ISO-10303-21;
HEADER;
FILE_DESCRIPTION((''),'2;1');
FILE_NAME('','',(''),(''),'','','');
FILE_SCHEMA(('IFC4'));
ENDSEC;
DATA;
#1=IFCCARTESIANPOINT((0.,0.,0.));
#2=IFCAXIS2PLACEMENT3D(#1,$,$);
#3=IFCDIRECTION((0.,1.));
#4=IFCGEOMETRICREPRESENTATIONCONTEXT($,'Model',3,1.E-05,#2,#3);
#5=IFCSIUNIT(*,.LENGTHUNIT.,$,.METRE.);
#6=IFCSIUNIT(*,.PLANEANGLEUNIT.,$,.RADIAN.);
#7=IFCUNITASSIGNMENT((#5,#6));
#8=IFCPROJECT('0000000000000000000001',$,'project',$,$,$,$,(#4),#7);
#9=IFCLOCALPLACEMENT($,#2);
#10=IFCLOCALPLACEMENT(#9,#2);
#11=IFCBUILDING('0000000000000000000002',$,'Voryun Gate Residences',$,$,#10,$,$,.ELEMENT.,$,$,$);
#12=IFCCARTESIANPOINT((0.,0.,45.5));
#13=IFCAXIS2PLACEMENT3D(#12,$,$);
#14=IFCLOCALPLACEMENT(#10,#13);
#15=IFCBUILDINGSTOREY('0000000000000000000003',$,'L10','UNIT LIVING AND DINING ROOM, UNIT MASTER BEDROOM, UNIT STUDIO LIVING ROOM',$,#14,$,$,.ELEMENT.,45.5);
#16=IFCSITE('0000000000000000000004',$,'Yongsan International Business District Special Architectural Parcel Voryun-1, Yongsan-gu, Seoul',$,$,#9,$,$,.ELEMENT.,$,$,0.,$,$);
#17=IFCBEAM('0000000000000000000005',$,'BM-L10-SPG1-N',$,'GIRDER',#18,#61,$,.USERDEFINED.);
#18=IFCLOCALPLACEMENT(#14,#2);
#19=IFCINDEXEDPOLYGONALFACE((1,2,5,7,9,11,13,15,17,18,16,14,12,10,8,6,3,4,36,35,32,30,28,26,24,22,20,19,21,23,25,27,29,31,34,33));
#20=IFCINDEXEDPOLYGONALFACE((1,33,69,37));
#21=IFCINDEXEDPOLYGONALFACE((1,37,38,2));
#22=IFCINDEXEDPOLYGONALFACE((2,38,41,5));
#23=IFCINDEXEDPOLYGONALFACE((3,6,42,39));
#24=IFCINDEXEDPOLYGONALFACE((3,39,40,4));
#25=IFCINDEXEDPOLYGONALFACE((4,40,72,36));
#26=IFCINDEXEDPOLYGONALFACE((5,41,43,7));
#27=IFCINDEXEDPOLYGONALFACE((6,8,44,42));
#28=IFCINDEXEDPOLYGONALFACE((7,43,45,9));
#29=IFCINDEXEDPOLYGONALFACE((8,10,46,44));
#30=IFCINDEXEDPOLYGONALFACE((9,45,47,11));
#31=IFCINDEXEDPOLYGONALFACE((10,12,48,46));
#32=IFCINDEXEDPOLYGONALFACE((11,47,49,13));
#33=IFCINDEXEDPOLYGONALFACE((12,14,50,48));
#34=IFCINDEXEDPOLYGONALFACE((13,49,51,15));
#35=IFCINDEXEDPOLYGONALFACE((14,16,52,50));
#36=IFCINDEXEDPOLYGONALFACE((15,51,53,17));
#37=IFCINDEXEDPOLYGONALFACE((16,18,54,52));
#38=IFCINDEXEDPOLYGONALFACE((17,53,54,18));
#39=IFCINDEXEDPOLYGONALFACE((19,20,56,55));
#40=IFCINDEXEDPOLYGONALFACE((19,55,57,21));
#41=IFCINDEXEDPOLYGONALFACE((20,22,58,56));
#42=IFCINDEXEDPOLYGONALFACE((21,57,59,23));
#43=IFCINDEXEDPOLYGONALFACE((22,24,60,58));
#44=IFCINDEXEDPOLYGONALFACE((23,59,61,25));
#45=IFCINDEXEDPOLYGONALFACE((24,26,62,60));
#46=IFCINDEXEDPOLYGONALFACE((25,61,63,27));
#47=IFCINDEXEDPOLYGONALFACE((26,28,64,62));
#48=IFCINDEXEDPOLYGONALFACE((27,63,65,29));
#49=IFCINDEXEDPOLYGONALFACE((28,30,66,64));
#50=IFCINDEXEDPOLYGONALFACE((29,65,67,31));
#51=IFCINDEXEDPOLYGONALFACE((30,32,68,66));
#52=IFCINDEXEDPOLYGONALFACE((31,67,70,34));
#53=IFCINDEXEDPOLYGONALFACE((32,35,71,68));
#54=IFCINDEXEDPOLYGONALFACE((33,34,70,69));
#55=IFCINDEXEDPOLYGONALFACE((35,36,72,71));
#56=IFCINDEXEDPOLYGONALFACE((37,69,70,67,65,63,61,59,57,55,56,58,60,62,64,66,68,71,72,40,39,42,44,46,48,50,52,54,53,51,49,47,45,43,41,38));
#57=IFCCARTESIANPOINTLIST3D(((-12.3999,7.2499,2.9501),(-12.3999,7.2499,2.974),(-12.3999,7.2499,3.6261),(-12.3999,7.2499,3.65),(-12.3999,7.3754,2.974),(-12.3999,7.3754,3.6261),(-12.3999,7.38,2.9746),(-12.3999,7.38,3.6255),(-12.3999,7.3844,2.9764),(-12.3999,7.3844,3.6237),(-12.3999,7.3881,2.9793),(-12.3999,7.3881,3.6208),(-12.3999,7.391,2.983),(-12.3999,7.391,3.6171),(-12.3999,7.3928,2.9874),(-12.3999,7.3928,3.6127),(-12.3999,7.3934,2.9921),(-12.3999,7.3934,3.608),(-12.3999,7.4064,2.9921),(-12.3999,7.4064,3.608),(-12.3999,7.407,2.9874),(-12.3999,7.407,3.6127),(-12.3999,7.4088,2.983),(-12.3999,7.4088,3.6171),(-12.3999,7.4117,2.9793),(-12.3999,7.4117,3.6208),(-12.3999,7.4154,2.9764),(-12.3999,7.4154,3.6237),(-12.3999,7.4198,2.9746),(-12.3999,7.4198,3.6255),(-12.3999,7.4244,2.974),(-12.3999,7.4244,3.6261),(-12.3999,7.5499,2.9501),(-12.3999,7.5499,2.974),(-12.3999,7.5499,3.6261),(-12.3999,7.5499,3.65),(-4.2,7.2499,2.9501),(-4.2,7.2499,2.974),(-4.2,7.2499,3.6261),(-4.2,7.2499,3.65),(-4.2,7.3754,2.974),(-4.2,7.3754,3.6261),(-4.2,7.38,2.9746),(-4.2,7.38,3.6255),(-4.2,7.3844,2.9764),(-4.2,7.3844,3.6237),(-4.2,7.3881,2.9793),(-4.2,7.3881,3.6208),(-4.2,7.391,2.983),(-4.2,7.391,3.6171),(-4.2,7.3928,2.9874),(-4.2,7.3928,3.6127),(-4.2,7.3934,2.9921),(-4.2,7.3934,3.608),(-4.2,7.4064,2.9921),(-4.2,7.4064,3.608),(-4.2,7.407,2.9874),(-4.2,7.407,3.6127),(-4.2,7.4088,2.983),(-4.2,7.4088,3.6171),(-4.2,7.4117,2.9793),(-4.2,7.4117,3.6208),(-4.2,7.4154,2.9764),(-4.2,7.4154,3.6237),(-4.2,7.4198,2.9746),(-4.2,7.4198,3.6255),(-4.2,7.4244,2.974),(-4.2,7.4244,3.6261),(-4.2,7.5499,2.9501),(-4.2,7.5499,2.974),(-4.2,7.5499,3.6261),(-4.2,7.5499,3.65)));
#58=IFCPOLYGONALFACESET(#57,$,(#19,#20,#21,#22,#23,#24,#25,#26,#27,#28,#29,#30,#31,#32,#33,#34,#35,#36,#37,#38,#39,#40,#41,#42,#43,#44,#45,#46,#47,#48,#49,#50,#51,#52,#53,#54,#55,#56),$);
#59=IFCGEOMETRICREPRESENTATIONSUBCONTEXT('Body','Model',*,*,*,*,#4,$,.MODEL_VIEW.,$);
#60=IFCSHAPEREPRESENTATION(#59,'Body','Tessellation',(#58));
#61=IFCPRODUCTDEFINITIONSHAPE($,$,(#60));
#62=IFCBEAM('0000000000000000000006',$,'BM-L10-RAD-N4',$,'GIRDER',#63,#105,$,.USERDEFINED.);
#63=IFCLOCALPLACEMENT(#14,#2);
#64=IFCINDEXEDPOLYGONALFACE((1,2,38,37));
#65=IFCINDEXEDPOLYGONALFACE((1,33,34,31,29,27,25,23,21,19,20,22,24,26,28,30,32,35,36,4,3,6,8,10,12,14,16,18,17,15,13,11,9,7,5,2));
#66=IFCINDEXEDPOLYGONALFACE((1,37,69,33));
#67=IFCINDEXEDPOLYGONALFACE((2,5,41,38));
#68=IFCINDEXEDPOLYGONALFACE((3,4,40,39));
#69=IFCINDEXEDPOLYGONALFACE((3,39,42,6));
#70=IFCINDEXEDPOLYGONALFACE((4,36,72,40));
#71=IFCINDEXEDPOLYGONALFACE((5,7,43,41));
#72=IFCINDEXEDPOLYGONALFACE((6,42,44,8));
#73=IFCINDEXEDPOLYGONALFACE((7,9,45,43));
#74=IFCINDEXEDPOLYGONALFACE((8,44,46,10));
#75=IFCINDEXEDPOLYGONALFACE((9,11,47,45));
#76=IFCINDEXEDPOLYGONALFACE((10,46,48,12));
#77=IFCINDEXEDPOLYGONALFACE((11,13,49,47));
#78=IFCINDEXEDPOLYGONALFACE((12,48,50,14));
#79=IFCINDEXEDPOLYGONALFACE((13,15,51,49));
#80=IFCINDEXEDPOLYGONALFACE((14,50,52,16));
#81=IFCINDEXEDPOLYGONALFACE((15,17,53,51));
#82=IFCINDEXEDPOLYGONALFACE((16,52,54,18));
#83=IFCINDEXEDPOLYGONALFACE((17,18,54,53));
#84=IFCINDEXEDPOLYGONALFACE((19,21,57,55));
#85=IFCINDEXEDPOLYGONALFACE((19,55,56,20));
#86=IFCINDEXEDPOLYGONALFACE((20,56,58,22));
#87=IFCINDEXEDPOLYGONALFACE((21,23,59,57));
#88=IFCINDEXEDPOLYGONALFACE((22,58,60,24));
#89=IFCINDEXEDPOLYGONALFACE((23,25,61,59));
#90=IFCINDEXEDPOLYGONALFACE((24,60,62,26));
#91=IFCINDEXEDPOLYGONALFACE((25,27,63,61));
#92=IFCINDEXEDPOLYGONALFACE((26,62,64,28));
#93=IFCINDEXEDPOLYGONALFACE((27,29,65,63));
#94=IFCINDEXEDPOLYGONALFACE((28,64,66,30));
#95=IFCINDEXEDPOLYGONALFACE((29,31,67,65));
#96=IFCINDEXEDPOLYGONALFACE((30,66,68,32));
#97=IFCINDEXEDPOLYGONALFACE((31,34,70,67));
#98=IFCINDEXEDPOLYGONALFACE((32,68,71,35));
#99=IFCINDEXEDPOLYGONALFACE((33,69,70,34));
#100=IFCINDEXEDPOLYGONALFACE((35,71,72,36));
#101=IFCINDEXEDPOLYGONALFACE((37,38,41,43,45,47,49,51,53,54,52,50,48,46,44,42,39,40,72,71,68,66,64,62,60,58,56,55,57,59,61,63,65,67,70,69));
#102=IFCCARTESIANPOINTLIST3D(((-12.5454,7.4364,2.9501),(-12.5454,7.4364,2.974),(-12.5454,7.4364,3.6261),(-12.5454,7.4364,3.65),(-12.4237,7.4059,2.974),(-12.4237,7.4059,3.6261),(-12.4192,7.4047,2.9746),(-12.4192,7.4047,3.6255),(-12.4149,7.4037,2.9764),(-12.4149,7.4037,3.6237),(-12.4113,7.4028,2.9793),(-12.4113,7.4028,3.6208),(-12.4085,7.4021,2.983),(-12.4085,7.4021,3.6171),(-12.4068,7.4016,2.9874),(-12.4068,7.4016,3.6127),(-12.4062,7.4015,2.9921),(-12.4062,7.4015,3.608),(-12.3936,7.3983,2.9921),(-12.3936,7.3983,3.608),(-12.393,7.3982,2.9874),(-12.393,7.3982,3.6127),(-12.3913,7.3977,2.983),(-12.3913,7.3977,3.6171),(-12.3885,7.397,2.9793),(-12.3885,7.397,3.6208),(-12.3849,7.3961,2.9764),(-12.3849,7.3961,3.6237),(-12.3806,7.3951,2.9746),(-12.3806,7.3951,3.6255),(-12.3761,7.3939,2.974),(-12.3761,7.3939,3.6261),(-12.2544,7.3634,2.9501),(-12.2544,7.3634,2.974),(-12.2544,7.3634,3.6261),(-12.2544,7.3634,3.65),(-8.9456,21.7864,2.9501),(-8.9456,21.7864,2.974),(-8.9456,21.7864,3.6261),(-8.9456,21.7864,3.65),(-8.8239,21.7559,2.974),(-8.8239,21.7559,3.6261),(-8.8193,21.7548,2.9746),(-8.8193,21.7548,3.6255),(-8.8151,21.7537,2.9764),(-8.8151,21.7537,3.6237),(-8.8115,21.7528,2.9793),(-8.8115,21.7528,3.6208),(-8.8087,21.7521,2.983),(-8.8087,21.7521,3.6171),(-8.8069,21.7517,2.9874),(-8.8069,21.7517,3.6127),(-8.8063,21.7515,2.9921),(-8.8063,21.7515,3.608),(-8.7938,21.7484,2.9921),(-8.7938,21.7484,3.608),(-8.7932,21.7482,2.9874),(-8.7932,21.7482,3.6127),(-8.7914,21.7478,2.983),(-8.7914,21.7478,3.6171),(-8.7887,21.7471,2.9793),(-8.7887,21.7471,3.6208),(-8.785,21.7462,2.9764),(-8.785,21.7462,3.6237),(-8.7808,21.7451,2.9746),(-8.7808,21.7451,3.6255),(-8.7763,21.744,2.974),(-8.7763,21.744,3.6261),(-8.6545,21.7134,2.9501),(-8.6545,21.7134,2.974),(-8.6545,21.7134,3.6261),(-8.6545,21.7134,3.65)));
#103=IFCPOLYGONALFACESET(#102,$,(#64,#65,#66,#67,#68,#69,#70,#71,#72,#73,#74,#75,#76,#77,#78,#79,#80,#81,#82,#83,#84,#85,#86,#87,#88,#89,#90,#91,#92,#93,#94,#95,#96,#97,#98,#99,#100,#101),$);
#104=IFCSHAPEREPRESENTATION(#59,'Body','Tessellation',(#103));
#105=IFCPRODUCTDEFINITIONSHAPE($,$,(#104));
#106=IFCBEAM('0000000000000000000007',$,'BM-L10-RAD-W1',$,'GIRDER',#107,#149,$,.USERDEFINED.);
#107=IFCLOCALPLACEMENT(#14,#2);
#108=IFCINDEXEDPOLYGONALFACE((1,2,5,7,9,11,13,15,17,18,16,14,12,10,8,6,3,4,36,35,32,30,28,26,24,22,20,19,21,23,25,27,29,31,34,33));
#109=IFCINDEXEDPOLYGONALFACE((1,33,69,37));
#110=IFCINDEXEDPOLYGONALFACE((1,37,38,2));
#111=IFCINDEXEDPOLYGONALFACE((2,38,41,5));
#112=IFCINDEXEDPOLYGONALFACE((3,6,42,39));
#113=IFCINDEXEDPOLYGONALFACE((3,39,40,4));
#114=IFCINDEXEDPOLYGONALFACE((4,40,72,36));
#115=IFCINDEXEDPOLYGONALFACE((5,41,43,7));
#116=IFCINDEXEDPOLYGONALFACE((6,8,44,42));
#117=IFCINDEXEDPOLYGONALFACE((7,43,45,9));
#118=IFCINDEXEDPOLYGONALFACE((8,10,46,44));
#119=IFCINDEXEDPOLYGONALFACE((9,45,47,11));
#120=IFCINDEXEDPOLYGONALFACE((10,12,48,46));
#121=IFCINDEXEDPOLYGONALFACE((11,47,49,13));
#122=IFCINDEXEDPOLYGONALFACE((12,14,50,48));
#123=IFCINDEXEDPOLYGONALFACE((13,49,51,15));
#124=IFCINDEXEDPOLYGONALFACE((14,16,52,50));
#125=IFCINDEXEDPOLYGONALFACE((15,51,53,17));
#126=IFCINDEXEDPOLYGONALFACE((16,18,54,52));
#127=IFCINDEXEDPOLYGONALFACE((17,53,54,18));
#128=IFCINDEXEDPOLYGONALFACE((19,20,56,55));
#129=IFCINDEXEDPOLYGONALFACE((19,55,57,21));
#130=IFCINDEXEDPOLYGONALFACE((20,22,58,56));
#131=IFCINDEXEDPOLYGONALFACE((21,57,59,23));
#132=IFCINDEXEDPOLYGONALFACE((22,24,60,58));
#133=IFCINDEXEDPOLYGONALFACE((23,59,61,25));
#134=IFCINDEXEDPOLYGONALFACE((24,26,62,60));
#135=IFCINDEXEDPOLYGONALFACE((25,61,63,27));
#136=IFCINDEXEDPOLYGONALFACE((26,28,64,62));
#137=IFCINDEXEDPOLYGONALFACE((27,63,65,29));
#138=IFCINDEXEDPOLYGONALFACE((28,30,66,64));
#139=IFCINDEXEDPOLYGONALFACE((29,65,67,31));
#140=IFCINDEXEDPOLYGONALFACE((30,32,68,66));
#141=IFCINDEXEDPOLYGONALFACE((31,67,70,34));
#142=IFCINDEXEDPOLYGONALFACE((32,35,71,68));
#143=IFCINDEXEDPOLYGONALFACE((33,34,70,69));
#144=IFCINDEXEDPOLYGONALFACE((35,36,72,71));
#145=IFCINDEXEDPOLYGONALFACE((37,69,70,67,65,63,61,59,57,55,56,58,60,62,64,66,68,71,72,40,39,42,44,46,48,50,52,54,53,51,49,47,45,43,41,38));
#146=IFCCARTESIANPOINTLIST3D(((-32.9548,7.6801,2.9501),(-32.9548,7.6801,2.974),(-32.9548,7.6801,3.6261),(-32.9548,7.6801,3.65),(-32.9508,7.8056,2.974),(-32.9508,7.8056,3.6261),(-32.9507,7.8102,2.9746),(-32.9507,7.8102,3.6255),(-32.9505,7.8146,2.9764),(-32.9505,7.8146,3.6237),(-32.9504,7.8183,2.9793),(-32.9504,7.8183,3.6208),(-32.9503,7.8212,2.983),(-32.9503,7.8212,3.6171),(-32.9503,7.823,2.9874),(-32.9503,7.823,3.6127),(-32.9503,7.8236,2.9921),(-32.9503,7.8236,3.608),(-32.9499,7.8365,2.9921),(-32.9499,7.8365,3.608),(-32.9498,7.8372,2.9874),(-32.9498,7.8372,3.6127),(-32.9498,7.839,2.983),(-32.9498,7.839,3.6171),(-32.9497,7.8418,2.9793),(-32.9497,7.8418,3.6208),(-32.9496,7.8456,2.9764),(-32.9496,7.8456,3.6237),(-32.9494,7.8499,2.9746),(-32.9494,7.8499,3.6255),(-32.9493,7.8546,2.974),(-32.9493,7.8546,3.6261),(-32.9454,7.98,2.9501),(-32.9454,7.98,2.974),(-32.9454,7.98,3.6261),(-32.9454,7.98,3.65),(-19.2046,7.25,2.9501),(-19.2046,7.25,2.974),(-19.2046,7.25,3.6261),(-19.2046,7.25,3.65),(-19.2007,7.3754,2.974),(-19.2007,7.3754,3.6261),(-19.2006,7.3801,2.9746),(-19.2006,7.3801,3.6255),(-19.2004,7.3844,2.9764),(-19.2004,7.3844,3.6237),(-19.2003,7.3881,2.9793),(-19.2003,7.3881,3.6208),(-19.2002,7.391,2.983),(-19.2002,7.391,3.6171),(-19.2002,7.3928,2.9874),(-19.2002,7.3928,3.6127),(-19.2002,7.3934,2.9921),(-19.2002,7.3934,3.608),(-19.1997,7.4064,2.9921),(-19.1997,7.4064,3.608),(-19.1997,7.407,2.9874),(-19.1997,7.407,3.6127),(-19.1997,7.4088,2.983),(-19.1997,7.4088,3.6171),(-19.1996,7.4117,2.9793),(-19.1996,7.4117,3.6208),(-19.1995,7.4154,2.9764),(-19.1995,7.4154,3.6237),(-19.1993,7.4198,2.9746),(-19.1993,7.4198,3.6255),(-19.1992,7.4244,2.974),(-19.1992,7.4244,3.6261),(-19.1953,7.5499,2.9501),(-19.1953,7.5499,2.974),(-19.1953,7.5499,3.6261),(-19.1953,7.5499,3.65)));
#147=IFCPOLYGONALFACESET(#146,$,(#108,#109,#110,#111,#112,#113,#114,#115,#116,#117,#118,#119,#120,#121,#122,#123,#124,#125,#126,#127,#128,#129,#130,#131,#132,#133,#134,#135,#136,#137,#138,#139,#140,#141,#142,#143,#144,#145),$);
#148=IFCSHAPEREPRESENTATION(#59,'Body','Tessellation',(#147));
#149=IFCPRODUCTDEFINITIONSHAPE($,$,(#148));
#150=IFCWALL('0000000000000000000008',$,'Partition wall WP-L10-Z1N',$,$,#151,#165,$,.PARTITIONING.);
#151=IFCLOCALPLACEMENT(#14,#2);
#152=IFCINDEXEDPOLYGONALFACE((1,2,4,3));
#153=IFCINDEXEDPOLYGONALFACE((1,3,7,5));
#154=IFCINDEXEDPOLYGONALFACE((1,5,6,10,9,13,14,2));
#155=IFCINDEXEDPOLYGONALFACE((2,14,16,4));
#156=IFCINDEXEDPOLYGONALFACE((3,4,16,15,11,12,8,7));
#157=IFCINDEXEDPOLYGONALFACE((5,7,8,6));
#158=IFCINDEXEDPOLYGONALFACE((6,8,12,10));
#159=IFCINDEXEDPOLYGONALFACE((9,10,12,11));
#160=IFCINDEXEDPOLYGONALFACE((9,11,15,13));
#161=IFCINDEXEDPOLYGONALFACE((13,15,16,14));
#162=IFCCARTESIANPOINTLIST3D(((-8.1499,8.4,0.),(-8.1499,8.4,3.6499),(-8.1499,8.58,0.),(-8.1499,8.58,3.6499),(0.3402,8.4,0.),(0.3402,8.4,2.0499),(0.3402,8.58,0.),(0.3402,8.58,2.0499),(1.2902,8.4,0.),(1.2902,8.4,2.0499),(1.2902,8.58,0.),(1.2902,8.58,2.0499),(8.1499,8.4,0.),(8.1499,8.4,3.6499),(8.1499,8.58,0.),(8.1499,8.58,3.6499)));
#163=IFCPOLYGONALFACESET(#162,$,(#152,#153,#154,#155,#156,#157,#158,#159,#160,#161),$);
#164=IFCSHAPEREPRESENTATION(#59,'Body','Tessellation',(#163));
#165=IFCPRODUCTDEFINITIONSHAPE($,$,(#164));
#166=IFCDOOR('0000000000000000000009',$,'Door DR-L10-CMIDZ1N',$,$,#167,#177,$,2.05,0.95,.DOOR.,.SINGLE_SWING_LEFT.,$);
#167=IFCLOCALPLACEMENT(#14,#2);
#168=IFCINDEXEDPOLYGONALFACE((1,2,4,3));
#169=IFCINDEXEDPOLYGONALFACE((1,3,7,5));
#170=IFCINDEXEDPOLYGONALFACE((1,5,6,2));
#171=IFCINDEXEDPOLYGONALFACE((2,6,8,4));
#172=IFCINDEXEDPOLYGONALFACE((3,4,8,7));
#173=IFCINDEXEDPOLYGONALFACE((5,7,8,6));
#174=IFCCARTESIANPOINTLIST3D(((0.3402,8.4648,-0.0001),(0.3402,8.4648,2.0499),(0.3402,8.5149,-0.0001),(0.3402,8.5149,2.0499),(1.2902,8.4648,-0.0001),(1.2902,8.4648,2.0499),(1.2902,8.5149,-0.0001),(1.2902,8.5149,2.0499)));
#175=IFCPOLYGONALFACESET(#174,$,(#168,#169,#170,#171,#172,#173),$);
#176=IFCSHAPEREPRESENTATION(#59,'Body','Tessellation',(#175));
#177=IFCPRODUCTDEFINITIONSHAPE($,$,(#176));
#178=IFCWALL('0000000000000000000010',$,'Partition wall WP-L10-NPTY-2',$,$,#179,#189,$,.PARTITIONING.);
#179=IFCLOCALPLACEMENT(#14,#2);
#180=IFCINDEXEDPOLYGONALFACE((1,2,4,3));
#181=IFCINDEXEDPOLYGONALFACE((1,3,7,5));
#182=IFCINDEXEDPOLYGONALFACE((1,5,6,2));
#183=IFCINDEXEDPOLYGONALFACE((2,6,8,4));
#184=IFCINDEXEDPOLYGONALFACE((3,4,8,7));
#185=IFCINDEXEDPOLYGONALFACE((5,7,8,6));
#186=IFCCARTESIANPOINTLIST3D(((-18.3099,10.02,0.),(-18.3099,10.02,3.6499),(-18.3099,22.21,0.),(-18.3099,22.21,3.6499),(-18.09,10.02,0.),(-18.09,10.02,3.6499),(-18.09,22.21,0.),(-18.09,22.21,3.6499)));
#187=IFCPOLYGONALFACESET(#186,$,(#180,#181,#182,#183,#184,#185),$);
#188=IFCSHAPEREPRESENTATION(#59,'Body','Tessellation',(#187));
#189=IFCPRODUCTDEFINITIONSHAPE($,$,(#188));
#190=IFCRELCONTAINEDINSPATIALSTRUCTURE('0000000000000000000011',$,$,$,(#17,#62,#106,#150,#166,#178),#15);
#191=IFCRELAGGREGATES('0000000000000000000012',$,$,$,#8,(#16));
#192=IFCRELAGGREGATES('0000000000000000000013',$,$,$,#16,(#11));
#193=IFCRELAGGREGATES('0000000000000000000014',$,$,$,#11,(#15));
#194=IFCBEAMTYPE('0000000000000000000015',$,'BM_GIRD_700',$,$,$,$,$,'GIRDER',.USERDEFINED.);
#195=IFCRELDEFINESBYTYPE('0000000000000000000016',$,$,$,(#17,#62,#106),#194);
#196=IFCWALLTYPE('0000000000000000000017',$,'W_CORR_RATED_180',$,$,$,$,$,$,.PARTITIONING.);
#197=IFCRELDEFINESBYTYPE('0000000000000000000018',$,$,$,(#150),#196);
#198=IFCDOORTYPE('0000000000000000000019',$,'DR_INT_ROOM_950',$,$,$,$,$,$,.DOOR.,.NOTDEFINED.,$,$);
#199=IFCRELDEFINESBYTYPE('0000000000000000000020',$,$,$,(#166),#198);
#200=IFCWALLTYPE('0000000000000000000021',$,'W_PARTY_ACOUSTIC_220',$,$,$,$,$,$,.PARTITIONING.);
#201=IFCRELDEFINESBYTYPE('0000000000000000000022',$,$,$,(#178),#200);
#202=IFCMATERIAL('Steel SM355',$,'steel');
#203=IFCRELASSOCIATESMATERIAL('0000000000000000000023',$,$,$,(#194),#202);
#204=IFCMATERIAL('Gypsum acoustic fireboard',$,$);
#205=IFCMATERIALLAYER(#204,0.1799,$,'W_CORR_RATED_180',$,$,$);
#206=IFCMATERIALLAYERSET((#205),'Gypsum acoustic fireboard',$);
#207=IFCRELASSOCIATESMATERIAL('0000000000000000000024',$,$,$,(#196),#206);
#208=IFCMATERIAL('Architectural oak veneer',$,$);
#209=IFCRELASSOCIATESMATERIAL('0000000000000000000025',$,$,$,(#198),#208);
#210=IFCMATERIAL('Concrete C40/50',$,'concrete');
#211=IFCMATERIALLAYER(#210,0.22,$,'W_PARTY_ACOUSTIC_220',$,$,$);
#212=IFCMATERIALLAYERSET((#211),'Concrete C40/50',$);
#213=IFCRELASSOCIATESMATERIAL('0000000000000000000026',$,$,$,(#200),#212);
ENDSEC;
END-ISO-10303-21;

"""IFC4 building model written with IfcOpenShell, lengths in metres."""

from ifc_helpers import new_model, si_unit, direction, frame, frame_2d, origin, origin_2d, place, context, subcontext, project, spatial, rectangle, i_section, extrude, material, layer, layer_set, material_profile, profile_set, type_object, element, fill, save


model = new_model("IFC4")

# Units and contexts
model_context = context("Model", 3, precision=1e-05, world=origin(), true_north=direction((0.0, 1.0)))
body_context = subcontext(model_context, "Body", "Model", "MODEL_VIEW")
ifc_project = project(units=[si_unit("LENGTHUNIT", "METRE"), si_unit("PLANEANGLEUNIT", "RADIAN")], contexts=[model_context])

# Site, building, storey
site_placement = place(None, origin())
site = spatial("IfcSite", under=ifc_project, at=site_placement, Name="Yongsan International Business District Special Architectural Parcel Voryun-1, Yongsan-gu, Seoul", CompositionType="ELEMENT", RefElevation=0.0)
building_placement = place(site_placement, origin())
building = spatial("IfcBuilding", under=site, at=building_placement, Name="Voryun Gate Residences", CompositionType="ELEMENT")
storey_placement = place(building_placement, frame((0.0, 0.0, 45.5)))
storey = spatial("IfcBuildingStorey", under=building, at=storey_placement, Name="L10", Description="UNIT LIVING AND DINING ROOM, UNIT MASTER BEDROOM, UNIT STUDIO LIVING ROOM", CompositionType="ELEMENT", Elevation=45.5)

# Beams
ifc_material_1 = material(Name="Steel SM355", Category="steel")
ifc_material_profile_1 = material_profile(ifc_material_1, i_section(OverallWidth=0.3, OverallDepth=0.7, WebThickness=0.0129, FlangeThickness=0.0239, FilletRadius=0.0181, at=origin_2d()), Name="H-700x300x13x24")
ifc_profile_set_1 = profile_set([ifc_material_profile_1], Name="Steel SM355")
beam_type_1 = type_object("IfcBeamType", Name="BM_GIRD_700", ElementType="GIRDER", PredefinedType="USERDEFINED", material=ifc_profile_set_1)
beam_1_placement = place(storey_placement, frame((-12.3999, 7.3999, 3.3), z_axis=(1.0, 0.0, 0.0), x_axis=(0.0, 1.0, 0.0)))
element("IfcBeam", 1, at=beam_1_placement, inside=storey, type_object=beam_type_1, Name="BM-L10-SPG1-N", ObjectType="GIRDER", PredefinedType="USERDEFINED", context=body_context, shape_type="SweptSolid", body=[
    extrude(i_section(OverallWidth=0.3, OverallDepth=0.7, WebThickness=0.0129, FlangeThickness=0.0239, FilletRadius=0.0181, at=origin_2d()), origin(), (0.0, 0.0, 1.0), 8.2),
])
beam_2_placement = place(storey_placement, frame((-12.3999, 7.3999, 3.3), z_axis=(0.24332, 0.969946, 0.0), x_axis=(-0.969946, 0.24332, 0.0)))
element("IfcBeam", 2, at=beam_2_placement, inside=storey, type_object=beam_type_1, Name="BM-L10-RAD-N4", ObjectType="GIRDER", PredefinedType="USERDEFINED", context=body_context, shape_type="SweptSolid", body=[
    extrude(i_section(OverallWidth=0.3, OverallDepth=0.7, WebThickness=0.0129, FlangeThickness=0.0239, FilletRadius=0.0181, at=origin_2d()), origin(), (0.0, 0.0, 1.0), 14.7947),
])
beam_3_placement = place(storey_placement, frame((-19.2, 7.3999, 3.3), z_axis=(-0.999511, 0.03127, 0.0), x_axis=(-0.03127, -0.999511, 0.0)))
element("IfcBeam", 3, at=beam_3_placement, inside=storey, type_object=beam_type_1, Name="BM-L10-RAD-W1", ObjectType="GIRDER", PredefinedType="USERDEFINED", context=body_context, shape_type="SweptSolid", body=[
    extrude(i_section(OverallWidth=0.3, OverallDepth=0.7, WebThickness=0.0129, FlangeThickness=0.0239, FilletRadius=0.0181, at=origin_2d()), origin(), (0.0, 0.0, 1.0), 13.7568),
])

# Wall, opening, door
ifc_material_2 = material(Name="Gypsum acoustic fireboard")
ifc_layer_1 = layer(ifc_material_2, 0.1799, Name="W_CORR_RATED_180")
ifc_layer_set_1 = layer_set([ifc_layer_1], Name="Gypsum acoustic fireboard")
wall_type_1 = type_object("IfcWallType", Name="W_CORR_RATED_180", PredefinedType="PARTITIONING", material=ifc_layer_set_1)
wall_1_placement = place(storey_placement, frame((-8.1499, 8.49, 0.0), z_axis=(0.0, 0.0, 1.0), x_axis=(1.0, 0.0, 0.0)))
wall_1 = element("IfcWall", 4, at=wall_1_placement, inside=storey, type_object=wall_type_1, Name="Partition wall WP-L10-Z1N", PredefinedType="PARTITIONING", context=body_context, shape_type="SweptSolid", body=[
    extrude(rectangle(XDim=16.2998, YDim=0.1799, at=frame_2d((8.1499, 0.0))), origin(), (0.0, 0.0, 1.0), 3.6499),
])
opening_1_placement = place(wall_1_placement, frame((8.49, 0.0, 0.0)))
opening_1 = element("IfcOpeningElement", 5, at=opening_1_placement, cuts=wall_1, PredefinedType="OPENING", context=body_context, shape_type="SweptSolid", body=[
    extrude(rectangle(XDim=0.95, YDim=2.05, at=frame_2d((0.4751, 1.0249))), frame((0.0, 0.0999, 0.0), z_axis=(0.0, -1.0, 0.0), x_axis=(1.0, 0.0, 0.0)), (0.0, 0.0, 1.0), 0.2),
])
ifc_material_3 = material(Name="Architectural oak veneer")
door_type_1 = type_object("IfcDoorType", Name="DR_INT_ROOM_950", OperationType="NOTDEFINED", PredefinedType="DOOR", material=ifc_material_3)
door_1_placement = place(opening_1_placement, origin())
door_1 = element("IfcDoor", 6, at=door_1_placement, inside=storey, type_object=door_type_1, Name="Door DR-L10-CMIDZ1N", OperationType="SINGLE_SWING_LEFT", OverallHeight=2.05, OverallWidth=0.95, PredefinedType="DOOR", context=body_context, shape_type="SweptSolid", body=[
    extrude(rectangle(XDim=0.95, YDim=2.05, at=frame_2d((0.4751, 1.0249))), frame((0.0, 0.0249, 0.0), z_axis=(0.0, -1.0, 0.0), x_axis=(1.0, 0.0, 0.0)), (0.0, 0.0, 1.0), 0.05),
])
fill(opening_1, door_1)

# Wall
ifc_material_4 = material(Name="Concrete C40/50", Category="concrete")
ifc_layer_2 = layer(ifc_material_4, 0.22, Name="W_PARTY_ACOUSTIC_220")
ifc_layer_set_2 = layer_set([ifc_layer_2], Name="Concrete C40/50")
wall_type_2 = type_object("IfcWallType", Name="W_PARTY_ACOUSTIC_220", PredefinedType="PARTITIONING", material=ifc_layer_set_2)
for number, where, z_axis, x_axis, name in (
    (7, (-18.2, 10.02, 0.0), (0.0, 0.0, 1.0), (0.0, 1.0, 0.0), "Partition wall WP-L10-NPTY-2"),
):
    element("IfcWall", number, at=place(storey_placement, frame(where, z_axis=z_axis, x_axis=x_axis)), inside=storey, type_object=wall_type_2, Name=name, PredefinedType="PARTITIONING", context=body_context, shape_type="SweptSolid", body=[
        extrude(rectangle(XDim=12.1899, YDim=0.22, at=frame_2d((6.095, 0.0))), origin(), (0.0, 0.0, 1.0), 3.6499),
    ])

save(model, "model.ifc")
